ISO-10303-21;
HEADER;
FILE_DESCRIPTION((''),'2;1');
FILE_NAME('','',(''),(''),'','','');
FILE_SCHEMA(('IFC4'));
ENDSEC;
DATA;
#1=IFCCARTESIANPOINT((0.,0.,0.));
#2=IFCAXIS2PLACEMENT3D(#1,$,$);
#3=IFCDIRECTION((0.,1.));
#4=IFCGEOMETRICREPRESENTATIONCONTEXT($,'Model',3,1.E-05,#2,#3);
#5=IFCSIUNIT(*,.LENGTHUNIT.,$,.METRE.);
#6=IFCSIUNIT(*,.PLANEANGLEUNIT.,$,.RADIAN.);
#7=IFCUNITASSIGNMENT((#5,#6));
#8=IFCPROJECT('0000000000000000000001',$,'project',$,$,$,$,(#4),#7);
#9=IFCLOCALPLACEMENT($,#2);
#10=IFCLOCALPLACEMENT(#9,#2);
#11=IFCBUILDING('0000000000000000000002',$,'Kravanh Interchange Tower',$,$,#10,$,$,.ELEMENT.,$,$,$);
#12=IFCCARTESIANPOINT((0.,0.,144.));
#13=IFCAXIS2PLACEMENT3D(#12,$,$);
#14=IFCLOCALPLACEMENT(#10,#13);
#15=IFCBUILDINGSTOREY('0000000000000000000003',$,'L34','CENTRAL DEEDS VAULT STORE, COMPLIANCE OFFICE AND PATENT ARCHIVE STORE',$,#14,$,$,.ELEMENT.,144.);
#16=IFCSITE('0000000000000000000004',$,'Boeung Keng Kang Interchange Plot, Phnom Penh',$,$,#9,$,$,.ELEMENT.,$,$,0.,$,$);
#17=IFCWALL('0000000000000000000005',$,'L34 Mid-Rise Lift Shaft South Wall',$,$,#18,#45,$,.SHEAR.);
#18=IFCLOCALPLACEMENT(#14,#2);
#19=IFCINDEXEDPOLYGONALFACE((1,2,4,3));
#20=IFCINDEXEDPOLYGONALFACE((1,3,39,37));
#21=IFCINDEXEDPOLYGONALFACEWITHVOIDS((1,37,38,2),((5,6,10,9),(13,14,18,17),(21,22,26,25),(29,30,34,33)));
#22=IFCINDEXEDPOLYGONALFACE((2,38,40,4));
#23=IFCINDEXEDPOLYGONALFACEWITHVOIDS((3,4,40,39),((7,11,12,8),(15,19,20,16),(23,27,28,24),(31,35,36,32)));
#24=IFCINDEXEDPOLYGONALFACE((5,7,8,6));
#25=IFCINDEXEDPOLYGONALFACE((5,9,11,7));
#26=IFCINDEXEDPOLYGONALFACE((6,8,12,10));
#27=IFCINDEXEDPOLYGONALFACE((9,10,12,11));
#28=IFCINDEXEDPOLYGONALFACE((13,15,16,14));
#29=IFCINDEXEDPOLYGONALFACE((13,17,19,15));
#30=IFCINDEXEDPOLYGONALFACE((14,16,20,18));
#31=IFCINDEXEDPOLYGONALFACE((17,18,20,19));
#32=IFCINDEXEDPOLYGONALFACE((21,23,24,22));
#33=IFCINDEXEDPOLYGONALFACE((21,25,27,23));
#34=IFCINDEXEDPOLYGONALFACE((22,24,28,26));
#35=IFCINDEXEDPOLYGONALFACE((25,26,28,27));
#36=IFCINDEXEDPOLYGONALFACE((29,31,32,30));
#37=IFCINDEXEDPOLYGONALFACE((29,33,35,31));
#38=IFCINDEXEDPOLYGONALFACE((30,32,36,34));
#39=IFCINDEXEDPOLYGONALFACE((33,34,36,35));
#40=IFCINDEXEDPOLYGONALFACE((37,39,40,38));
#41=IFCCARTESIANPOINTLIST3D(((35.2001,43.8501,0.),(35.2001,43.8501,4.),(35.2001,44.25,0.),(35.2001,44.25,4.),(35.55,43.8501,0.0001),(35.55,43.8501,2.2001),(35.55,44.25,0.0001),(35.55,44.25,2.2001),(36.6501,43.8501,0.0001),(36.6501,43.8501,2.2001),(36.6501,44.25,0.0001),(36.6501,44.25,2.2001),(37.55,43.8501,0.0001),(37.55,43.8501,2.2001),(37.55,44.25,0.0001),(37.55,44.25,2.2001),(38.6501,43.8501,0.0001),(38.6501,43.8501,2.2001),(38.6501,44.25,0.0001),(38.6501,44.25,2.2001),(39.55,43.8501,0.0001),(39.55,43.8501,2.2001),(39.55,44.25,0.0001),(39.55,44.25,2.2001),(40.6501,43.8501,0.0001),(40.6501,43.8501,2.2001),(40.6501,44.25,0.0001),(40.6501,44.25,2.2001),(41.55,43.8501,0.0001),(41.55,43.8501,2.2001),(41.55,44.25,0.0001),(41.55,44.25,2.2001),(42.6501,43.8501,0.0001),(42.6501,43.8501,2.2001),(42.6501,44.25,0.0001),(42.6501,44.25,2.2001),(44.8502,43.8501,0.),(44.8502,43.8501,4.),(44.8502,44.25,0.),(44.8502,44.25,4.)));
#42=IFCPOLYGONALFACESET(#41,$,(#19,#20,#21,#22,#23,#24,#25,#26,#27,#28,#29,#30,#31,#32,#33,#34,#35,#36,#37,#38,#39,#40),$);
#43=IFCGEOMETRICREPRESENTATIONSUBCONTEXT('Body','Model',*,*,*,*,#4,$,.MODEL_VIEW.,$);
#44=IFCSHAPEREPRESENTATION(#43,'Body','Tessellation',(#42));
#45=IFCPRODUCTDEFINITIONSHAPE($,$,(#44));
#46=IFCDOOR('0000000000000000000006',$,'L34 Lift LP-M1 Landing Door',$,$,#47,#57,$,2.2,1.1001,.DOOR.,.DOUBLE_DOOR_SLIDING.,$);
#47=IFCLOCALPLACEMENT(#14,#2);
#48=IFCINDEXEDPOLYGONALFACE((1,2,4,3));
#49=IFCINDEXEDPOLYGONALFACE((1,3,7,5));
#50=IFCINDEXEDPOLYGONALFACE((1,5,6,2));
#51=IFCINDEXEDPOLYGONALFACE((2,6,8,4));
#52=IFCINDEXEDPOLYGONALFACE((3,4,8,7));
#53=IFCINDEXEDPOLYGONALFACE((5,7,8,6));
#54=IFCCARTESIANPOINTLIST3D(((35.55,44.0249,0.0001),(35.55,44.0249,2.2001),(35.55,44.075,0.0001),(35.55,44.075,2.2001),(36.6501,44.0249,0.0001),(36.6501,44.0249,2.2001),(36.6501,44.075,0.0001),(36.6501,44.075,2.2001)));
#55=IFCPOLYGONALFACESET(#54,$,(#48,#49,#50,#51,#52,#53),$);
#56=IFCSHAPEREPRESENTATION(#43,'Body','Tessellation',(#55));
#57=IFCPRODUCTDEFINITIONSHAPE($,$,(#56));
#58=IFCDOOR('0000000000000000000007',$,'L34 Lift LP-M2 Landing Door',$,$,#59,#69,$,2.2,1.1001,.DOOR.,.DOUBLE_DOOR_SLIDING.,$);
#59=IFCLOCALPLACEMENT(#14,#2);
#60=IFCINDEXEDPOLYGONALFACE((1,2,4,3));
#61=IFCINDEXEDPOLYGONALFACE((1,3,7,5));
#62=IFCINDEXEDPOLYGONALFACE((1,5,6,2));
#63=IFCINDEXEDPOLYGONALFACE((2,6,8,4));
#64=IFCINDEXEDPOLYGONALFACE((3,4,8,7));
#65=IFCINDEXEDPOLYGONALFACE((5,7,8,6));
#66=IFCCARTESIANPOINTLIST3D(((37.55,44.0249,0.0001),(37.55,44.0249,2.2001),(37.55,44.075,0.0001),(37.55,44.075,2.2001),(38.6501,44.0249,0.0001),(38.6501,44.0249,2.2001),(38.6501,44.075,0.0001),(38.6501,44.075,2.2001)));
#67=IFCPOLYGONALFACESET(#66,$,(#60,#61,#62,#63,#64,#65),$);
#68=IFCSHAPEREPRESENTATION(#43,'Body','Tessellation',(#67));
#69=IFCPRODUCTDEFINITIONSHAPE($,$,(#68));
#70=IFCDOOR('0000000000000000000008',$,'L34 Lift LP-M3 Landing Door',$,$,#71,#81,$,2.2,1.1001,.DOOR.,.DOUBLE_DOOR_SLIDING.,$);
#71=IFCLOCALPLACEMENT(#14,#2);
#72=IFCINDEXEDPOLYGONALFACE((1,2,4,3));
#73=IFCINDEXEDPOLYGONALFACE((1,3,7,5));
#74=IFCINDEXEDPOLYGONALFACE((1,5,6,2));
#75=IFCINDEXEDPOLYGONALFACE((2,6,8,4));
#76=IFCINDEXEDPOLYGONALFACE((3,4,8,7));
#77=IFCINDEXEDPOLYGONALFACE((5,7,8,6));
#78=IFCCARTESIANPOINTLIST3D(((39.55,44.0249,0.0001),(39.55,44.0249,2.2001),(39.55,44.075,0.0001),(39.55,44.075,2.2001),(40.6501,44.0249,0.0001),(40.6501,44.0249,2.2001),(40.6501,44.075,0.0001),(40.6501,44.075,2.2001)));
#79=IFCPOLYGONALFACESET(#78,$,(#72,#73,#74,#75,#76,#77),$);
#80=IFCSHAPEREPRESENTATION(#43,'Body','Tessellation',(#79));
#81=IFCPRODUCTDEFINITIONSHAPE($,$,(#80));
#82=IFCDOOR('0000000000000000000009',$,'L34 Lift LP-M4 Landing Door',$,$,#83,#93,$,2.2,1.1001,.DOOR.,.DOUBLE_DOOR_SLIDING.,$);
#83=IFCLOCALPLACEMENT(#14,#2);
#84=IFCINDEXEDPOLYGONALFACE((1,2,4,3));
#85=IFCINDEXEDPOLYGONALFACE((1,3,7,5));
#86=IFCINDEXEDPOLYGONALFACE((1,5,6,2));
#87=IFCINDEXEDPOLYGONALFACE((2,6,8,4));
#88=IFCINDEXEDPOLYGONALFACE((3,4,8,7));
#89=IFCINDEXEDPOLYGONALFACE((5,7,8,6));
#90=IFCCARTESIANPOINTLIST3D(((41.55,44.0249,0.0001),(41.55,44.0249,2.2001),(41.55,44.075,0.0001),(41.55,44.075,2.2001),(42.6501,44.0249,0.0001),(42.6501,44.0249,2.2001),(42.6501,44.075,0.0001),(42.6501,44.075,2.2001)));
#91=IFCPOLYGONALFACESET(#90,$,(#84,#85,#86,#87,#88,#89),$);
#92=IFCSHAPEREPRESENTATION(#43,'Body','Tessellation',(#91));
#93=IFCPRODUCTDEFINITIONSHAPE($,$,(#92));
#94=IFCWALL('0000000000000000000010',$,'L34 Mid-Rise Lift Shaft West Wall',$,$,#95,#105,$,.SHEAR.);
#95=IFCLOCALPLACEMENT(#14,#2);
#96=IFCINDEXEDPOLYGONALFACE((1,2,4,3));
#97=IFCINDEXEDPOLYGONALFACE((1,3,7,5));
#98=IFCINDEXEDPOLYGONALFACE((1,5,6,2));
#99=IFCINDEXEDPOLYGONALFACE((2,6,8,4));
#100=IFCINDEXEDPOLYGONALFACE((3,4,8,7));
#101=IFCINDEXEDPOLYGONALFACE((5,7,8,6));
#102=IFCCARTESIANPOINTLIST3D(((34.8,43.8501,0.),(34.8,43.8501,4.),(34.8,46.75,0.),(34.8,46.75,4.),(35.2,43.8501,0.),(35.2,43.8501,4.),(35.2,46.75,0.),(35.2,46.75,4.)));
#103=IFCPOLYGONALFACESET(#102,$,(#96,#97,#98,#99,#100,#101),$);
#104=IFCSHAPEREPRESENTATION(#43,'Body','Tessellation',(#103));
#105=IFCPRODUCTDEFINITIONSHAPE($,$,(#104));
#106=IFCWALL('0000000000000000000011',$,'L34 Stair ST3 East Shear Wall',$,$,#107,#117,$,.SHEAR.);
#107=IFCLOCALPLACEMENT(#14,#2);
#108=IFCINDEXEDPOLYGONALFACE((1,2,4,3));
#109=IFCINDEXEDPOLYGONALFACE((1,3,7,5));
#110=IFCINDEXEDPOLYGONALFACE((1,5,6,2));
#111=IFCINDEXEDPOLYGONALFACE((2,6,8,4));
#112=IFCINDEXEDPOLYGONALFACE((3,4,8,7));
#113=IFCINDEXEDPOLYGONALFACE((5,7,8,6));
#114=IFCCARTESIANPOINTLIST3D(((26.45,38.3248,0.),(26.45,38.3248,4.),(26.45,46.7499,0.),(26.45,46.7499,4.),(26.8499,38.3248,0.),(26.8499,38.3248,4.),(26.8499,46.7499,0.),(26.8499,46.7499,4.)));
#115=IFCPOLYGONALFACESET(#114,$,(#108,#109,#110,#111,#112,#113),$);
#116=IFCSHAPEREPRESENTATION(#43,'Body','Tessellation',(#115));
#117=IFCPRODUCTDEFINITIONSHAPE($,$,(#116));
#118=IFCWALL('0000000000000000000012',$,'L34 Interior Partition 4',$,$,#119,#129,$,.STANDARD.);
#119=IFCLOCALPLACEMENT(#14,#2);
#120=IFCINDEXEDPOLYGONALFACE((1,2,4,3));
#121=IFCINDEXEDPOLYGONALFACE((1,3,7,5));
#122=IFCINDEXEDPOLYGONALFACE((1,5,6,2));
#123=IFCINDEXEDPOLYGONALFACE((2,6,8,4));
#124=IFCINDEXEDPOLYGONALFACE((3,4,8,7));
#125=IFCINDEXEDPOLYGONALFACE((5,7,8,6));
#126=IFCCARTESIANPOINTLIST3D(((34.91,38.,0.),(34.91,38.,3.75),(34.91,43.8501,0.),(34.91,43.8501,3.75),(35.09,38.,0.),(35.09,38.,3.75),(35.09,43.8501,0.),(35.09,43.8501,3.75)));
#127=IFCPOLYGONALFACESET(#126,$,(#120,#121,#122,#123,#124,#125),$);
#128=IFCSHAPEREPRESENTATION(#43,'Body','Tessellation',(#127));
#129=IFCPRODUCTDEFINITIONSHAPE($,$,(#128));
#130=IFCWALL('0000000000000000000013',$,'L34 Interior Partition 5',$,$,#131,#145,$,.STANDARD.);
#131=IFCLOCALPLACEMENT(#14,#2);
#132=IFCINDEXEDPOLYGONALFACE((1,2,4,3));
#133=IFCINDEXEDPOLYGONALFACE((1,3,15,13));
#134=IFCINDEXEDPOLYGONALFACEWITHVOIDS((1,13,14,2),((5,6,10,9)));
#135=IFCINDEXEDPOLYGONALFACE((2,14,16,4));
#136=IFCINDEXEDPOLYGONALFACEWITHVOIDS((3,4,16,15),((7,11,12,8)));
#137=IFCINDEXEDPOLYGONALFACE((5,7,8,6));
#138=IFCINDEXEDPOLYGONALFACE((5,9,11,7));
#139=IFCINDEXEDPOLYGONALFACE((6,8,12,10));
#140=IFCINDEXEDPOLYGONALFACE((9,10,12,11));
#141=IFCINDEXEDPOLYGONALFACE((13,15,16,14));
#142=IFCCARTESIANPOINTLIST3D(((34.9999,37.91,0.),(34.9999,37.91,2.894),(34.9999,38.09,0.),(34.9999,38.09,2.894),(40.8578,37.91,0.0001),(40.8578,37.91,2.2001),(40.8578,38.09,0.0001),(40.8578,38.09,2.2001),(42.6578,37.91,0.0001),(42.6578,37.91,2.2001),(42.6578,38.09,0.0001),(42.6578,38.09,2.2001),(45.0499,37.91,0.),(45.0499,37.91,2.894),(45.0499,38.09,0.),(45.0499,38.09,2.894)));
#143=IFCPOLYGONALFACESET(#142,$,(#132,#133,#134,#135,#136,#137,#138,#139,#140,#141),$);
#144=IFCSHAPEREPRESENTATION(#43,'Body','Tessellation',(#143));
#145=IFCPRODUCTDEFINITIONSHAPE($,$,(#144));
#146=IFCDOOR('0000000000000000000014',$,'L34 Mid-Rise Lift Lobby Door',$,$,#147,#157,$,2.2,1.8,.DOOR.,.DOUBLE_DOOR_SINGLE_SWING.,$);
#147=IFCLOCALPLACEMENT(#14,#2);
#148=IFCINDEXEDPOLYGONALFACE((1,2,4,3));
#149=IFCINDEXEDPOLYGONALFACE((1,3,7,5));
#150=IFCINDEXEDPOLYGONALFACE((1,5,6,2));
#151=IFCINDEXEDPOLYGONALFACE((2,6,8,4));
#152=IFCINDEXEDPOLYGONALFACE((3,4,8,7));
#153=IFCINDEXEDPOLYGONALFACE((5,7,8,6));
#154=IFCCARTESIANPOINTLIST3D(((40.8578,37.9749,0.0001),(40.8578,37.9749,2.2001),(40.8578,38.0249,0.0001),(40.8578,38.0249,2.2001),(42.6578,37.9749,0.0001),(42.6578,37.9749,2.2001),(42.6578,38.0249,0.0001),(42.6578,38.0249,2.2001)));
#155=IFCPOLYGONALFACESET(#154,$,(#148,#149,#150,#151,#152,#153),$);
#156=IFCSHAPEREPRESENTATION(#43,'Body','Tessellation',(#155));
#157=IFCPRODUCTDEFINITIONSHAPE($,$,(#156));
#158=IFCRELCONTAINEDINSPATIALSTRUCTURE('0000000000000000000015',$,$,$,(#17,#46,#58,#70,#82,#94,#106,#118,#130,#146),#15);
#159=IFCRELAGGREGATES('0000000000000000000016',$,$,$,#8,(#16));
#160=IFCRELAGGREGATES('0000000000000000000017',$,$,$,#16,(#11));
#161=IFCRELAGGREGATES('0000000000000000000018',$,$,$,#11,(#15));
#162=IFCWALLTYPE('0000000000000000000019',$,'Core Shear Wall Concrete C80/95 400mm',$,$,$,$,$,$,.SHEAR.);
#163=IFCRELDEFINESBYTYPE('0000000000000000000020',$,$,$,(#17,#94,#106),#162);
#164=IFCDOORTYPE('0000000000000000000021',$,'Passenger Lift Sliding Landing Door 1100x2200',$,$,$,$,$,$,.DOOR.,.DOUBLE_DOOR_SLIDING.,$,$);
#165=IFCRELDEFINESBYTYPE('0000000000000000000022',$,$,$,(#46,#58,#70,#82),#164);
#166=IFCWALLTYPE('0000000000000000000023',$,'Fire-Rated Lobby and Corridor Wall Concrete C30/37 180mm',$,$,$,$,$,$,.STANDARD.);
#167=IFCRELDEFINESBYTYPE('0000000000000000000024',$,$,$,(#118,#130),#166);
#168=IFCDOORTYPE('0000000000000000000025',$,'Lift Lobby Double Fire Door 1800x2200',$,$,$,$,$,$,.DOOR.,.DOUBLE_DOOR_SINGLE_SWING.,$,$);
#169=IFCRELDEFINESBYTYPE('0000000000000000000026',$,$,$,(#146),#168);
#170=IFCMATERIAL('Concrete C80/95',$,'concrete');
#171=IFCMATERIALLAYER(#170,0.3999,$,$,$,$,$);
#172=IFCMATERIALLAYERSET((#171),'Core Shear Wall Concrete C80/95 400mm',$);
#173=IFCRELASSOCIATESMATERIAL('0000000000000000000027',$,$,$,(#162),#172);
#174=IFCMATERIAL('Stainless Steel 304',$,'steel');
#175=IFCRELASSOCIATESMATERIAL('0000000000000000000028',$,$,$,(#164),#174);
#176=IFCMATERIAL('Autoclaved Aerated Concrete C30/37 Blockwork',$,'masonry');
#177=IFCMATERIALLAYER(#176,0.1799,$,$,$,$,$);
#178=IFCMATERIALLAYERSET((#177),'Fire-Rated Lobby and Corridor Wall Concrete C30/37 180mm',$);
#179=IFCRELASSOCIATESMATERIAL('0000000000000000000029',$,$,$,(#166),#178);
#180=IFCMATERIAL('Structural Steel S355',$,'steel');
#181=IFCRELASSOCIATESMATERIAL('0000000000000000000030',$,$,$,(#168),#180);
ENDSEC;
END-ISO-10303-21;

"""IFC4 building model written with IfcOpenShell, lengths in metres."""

from ifc_helpers import new_model, si_unit, direction, frame, frame_2d, origin, place, context, subcontext, project, spatial, rectangle, extrude, material, layer, layer_set, type_object, element, fill, save


model = new_model("IFC4")

# Units and contexts
model_context = context("Model", 3, precision=1e-05, world=origin(), true_north=direction((0.0, 1.0)))
body_context = subcontext(model_context, "Body", "Model", "MODEL_VIEW")
ifc_project = project(units=[si_unit("LENGTHUNIT", "METRE"), si_unit("PLANEANGLEUNIT", "RADIAN")], contexts=[model_context])

# Site, building, storey
site_placement = place(None, origin())
site = spatial("IfcSite", under=ifc_project, at=site_placement, Name="Boeung Keng Kang Interchange Plot, Phnom Penh", CompositionType="ELEMENT", RefElevation=0.0)
building_placement = place(site_placement, origin())
building = spatial("IfcBuilding", under=site, at=building_placement, Name="Kravanh Interchange Tower", CompositionType="ELEMENT")
storey_placement = place(building_placement, frame((0.0, 0.0, 144.0)))
storey = spatial("IfcBuildingStorey", under=building, at=storey_placement, Name="L34", Description="CENTRAL DEEDS VAULT STORE, COMPLIANCE OFFICE AND PATENT ARCHIVE STORE", CompositionType="ELEMENT", Elevation=144.0)

# Wall, openings, doors
ifc_material_1 = material(Name="Concrete C80/95", Category="concrete")
ifc_layer_1 = layer(ifc_material_1, 0.3999)
ifc_layer_set_1 = layer_set([ifc_layer_1], Name="Core Shear Wall Concrete C80/95 400mm")
wall_type_1 = type_object("IfcWallType", Name="Core Shear Wall Concrete C80/95 400mm", PredefinedType="SHEAR", material=ifc_layer_set_1)
wall_1_placement = place(storey_placement, frame((35.2, 44.05, 0.0), z_axis=(0.0, 0.0, 1.0), x_axis=(1.0, 0.0, 0.0)))
wall_1 = element("IfcWall", 1, at=wall_1_placement, inside=storey, type_object=wall_type_1, Name="L34 Mid-Rise Lift Shaft South Wall", PredefinedType="SHEAR", context=body_context, shape_type="SweptSolid", body=[
    extrude(rectangle(XDim=9.6501, YDim=0.3999, at=frame_2d((4.8252, 0.0))), origin(), (0.0, 0.0, 1.0), 4.0),
])
opening_1_placement = place(wall_1_placement, frame((0.3501, 0.0, 0.0)))
opening_1 = element("IfcOpeningElement", 2, at=opening_1_placement, cuts=wall_1, PredefinedType="OPENING", context=body_context, shape_type="SweptSolid", body=[
    extrude(rectangle(XDim=1.1001, YDim=2.2, at=frame_2d((0.55, 1.1001))), frame((0.0, 0.21, 0.0), z_axis=(0.0, -1.0, 0.0), x_axis=(1.0, 0.0, 0.0)), (0.0, 0.0, 1.0), 0.4199),
])
opening_2_placement = place(wall_1_placement, frame((2.3501, 0.0, 0.0)))
opening_2 = element("IfcOpeningElement", 3, at=opening_2_placement, cuts=wall_1, PredefinedType="OPENING", context=body_context, shape_type="SweptSolid", body=[
    extrude(rectangle(XDim=1.1001, YDim=2.2, at=frame_2d((0.55, 1.1001))), frame((0.0, 0.21, 0.0), z_axis=(0.0, -1.0, 0.0), x_axis=(1.0, 0.0, 0.0)), (0.0, 0.0, 1.0), 0.4199),
])
opening_3_placement = place(wall_1_placement, frame((4.3501, 0.0, 0.0)))
opening_3 = element("IfcOpeningElement", 4, at=opening_3_placement, cuts=wall_1, PredefinedType="OPENING", context=body_context, shape_type="SweptSolid", body=[
    extrude(rectangle(XDim=1.1001, YDim=2.2, at=frame_2d((0.55, 1.1001))), frame((0.0, 0.21, 0.0), z_axis=(0.0, -1.0, 0.0), x_axis=(1.0, 0.0, 0.0)), (0.0, 0.0, 1.0), 0.4199),
])
opening_4_placement = place(wall_1_placement, frame((6.3501, 0.0, 0.0)))
opening_4 = element("IfcOpeningElement", 5, at=opening_4_placement, cuts=wall_1, PredefinedType="OPENING", context=body_context, shape_type="SweptSolid", body=[
    extrude(rectangle(XDim=1.1001, YDim=2.2, at=frame_2d((0.55, 1.1001))), frame((0.0, 0.21, 0.0), z_axis=(0.0, -1.0, 0.0), x_axis=(1.0, 0.0, 0.0)), (0.0, 0.0, 1.0), 0.4199),
])
ifc_material_2 = material(Name="Stainless Steel 304", Category="steel")
door_type_1 = type_object("IfcDoorType", Name="Passenger Lift Sliding Landing Door 1100x2200", OperationType="DOUBLE_DOOR_SLIDING", PredefinedType="DOOR", material=ifc_material_2)
door_1_placement = place(opening_1_placement, origin())
door_1 = element("IfcDoor", 6, at=door_1_placement, inside=storey, type_object=door_type_1, Name="L34 Lift LP-M1 Landing Door", OperationType="DOUBLE_DOOR_SLIDING", OverallHeight=2.2, OverallWidth=1.1001, PredefinedType="DOOR", context=body_context, shape_type="SweptSolid", body=[
    extrude(rectangle(XDim=1.1001, YDim=2.2, at=frame_2d((0.55, 1.1001))), frame((0.0, 0.0249, 0.0), z_axis=(0.0, -1.0, 0.0), x_axis=(1.0, 0.0, 0.0)), (0.0, 0.0, 1.0), 0.05),
])
fill(opening_1, door_1)
door_2_placement = place(opening_2_placement, origin())
door_2 = element("IfcDoor", 7, at=door_2_placement, inside=storey, type_object=door_type_1, Name="L34 Lift LP-M2 Landing Door", OperationType="DOUBLE_DOOR_SLIDING", OverallHeight=2.2, OverallWidth=1.1001, PredefinedType="DOOR", context=body_context, shape_type="SweptSolid", body=[
    extrude(rectangle(XDim=1.1001, YDim=2.2, at=frame_2d((0.55, 1.1001))), frame((0.0, 0.0249, 0.0), z_axis=(0.0, -1.0, 0.0), x_axis=(1.0, 0.0, 0.0)), (0.0, 0.0, 1.0), 0.05),
])
fill(opening_2, door_2)
door_3_placement = place(opening_3_placement, origin())
door_3 = element("IfcDoor", 8, at=door_3_placement, inside=storey, type_object=door_type_1, Name="L34 Lift LP-M3 Landing Door", OperationType="DOUBLE_DOOR_SLIDING", OverallHeight=2.2, OverallWidth=1.1001, PredefinedType="DOOR", context=body_context, shape_type="SweptSolid", body=[
    extrude(rectangle(XDim=1.1001, YDim=2.2, at=frame_2d((0.55, 1.1001))), frame((0.0, 0.0249, 0.0), z_axis=(0.0, -1.0, 0.0), x_axis=(1.0, 0.0, 0.0)), (0.0, 0.0, 1.0), 0.05),
])
fill(opening_3, door_3)
door_4_placement = place(opening_4_placement, origin())
door_4 = element("IfcDoor", 9, at=door_4_placement, inside=storey, type_object=door_type_1, Name="L34 Lift LP-M4 Landing Door", OperationType="DOUBLE_DOOR_SLIDING", OverallHeight=2.2, OverallWidth=1.1001, PredefinedType="DOOR", context=body_context, shape_type="SweptSolid", body=[
    extrude(rectangle(XDim=1.1001, YDim=2.2, at=frame_2d((0.55, 1.1001))), frame((0.0, 0.0249, 0.0), z_axis=(0.0, -1.0, 0.0), x_axis=(1.0, 0.0, 0.0)), (0.0, 0.0, 1.0), 0.05),
])
fill(opening_4, door_4)

# Walls
wall_2_placement = place(storey_placement, frame((35.0, 43.8501, 0.0), z_axis=(0.0, 0.0, 1.0), x_axis=(0.0, 1.0, 0.0)))
element("IfcWall", 10, at=wall_2_placement, inside=storey, type_object=wall_type_1, Name="L34 Mid-Rise Lift Shaft West Wall", PredefinedType="SHEAR", context=body_context, shape_type="SweptSolid", body=[
    extrude(rectangle(XDim=2.8999, YDim=0.3999, at=frame_2d((1.45, 0.0))), origin(), (0.0, 0.0, 1.0), 4.0),
])
wall_3_placement = place(storey_placement, frame((26.6499, 38.325, 0.0), z_axis=(0.0, 0.0, 1.0), x_axis=(0.0, 1.0, 0.0)))
element("IfcWall", 11, at=wall_3_placement, inside=storey, type_object=wall_type_1, Name="L34 Stair ST3 East Shear Wall", PredefinedType="SHEAR", context=body_context, shape_type="SweptSolid", body=[
    extrude(rectangle(XDim=8.425, YDim=0.3999, at=frame_2d((4.2124, 0.0))), origin(), (0.0, 0.0, 1.0), 4.0),
])
ifc_material_3 = material(Name="Autoclaved Aerated Concrete C30/37 Blockwork", Category="masonry")
ifc_layer_2 = layer(ifc_material_3, 0.1799)
ifc_layer_set_2 = layer_set([ifc_layer_2], Name="Fire-Rated Lobby and Corridor Wall Concrete C30/37 180mm")
wall_type_2 = type_object("IfcWallType", Name="Fire-Rated Lobby and Corridor Wall Concrete C30/37 180mm", PredefinedType="STANDARD", material=ifc_layer_set_2)
wall_4_placement = place(storey_placement, frame((35.0, 38.0, 0.0), z_axis=(0.0, 0.0, 1.0), x_axis=(0.0, 1.0, 0.0)))
element("IfcWall", 12, at=wall_4_placement, inside=storey, type_object=wall_type_2, Name="L34 Interior Partition 4", PredefinedType="STANDARD", context=body_context, shape_type="SweptSolid", body=[
    extrude(rectangle(XDim=5.8501, YDim=0.1799, at=frame_2d((2.925, 0.0))), origin(), (0.0, 0.0, 1.0), 3.75),
])

# Wall, opening, door
wall_5_placement = place(storey_placement, frame((35.0, 38.0, 0.0), z_axis=(0.0, 0.0, 1.0), x_axis=(1.0, 0.0, 0.0)))
wall_5 = element("IfcWall", 13, at=wall_5_placement, inside=storey, type_object=wall_type_2, Name="L34 Interior Partition 5", PredefinedType="STANDARD", context=body_context, shape_type="SweptSolid", body=[
    extrude(rectangle(XDim=10.05, YDim=0.1799, at=frame_2d((5.0249, 0.0))), origin(), (0.0, 0.0, 1.0), 2.894),
])
opening_5_placement = place(wall_5_placement, frame((5.8579, 0.0, 0.0)))
opening_5 = element("IfcOpeningElement", 14, at=opening_5_placement, cuts=wall_5, PredefinedType="OPENING", context=body_context, shape_type="SweptSolid", body=[
    extrude(rectangle(XDim=1.8, YDim=2.2, at=frame_2d((0.8999, 1.1001))), frame((0.0, 0.1001, 0.0), z_axis=(0.0, -1.0, 0.0), x_axis=(1.0, 0.0, 0.0)), (0.0, 0.0, 1.0), 0.2),
])
ifc_material_4 = material(Name="Structural Steel S355", Category="steel")
door_type_2 = type_object("IfcDoorType", Name="Lift Lobby Double Fire Door 1800x2200", OperationType="DOUBLE_DOOR_SINGLE_SWING", PredefinedType="DOOR", material=ifc_material_4)
door_5_placement = place(opening_5_placement, origin())
door_5 = element("IfcDoor", 15, at=door_5_placement, inside=storey, type_object=door_type_2, Name="L34 Mid-Rise Lift Lobby Door", OperationType="DOUBLE_DOOR_SINGLE_SWING", OverallHeight=2.2, OverallWidth=1.8, PredefinedType="DOOR", context=body_context, shape_type="SweptSolid", body=[
    extrude(rectangle(XDim=1.8, YDim=2.2, at=frame_2d((0.8999, 1.1001))), frame((0.0, 0.0249, 0.0), z_axis=(0.0, -1.0, 0.0), x_axis=(1.0, 0.0, 0.0)), (0.0, 0.0, 1.0), 0.05),
])
fill(opening_5, door_5)

save(model, "model.ifc")
